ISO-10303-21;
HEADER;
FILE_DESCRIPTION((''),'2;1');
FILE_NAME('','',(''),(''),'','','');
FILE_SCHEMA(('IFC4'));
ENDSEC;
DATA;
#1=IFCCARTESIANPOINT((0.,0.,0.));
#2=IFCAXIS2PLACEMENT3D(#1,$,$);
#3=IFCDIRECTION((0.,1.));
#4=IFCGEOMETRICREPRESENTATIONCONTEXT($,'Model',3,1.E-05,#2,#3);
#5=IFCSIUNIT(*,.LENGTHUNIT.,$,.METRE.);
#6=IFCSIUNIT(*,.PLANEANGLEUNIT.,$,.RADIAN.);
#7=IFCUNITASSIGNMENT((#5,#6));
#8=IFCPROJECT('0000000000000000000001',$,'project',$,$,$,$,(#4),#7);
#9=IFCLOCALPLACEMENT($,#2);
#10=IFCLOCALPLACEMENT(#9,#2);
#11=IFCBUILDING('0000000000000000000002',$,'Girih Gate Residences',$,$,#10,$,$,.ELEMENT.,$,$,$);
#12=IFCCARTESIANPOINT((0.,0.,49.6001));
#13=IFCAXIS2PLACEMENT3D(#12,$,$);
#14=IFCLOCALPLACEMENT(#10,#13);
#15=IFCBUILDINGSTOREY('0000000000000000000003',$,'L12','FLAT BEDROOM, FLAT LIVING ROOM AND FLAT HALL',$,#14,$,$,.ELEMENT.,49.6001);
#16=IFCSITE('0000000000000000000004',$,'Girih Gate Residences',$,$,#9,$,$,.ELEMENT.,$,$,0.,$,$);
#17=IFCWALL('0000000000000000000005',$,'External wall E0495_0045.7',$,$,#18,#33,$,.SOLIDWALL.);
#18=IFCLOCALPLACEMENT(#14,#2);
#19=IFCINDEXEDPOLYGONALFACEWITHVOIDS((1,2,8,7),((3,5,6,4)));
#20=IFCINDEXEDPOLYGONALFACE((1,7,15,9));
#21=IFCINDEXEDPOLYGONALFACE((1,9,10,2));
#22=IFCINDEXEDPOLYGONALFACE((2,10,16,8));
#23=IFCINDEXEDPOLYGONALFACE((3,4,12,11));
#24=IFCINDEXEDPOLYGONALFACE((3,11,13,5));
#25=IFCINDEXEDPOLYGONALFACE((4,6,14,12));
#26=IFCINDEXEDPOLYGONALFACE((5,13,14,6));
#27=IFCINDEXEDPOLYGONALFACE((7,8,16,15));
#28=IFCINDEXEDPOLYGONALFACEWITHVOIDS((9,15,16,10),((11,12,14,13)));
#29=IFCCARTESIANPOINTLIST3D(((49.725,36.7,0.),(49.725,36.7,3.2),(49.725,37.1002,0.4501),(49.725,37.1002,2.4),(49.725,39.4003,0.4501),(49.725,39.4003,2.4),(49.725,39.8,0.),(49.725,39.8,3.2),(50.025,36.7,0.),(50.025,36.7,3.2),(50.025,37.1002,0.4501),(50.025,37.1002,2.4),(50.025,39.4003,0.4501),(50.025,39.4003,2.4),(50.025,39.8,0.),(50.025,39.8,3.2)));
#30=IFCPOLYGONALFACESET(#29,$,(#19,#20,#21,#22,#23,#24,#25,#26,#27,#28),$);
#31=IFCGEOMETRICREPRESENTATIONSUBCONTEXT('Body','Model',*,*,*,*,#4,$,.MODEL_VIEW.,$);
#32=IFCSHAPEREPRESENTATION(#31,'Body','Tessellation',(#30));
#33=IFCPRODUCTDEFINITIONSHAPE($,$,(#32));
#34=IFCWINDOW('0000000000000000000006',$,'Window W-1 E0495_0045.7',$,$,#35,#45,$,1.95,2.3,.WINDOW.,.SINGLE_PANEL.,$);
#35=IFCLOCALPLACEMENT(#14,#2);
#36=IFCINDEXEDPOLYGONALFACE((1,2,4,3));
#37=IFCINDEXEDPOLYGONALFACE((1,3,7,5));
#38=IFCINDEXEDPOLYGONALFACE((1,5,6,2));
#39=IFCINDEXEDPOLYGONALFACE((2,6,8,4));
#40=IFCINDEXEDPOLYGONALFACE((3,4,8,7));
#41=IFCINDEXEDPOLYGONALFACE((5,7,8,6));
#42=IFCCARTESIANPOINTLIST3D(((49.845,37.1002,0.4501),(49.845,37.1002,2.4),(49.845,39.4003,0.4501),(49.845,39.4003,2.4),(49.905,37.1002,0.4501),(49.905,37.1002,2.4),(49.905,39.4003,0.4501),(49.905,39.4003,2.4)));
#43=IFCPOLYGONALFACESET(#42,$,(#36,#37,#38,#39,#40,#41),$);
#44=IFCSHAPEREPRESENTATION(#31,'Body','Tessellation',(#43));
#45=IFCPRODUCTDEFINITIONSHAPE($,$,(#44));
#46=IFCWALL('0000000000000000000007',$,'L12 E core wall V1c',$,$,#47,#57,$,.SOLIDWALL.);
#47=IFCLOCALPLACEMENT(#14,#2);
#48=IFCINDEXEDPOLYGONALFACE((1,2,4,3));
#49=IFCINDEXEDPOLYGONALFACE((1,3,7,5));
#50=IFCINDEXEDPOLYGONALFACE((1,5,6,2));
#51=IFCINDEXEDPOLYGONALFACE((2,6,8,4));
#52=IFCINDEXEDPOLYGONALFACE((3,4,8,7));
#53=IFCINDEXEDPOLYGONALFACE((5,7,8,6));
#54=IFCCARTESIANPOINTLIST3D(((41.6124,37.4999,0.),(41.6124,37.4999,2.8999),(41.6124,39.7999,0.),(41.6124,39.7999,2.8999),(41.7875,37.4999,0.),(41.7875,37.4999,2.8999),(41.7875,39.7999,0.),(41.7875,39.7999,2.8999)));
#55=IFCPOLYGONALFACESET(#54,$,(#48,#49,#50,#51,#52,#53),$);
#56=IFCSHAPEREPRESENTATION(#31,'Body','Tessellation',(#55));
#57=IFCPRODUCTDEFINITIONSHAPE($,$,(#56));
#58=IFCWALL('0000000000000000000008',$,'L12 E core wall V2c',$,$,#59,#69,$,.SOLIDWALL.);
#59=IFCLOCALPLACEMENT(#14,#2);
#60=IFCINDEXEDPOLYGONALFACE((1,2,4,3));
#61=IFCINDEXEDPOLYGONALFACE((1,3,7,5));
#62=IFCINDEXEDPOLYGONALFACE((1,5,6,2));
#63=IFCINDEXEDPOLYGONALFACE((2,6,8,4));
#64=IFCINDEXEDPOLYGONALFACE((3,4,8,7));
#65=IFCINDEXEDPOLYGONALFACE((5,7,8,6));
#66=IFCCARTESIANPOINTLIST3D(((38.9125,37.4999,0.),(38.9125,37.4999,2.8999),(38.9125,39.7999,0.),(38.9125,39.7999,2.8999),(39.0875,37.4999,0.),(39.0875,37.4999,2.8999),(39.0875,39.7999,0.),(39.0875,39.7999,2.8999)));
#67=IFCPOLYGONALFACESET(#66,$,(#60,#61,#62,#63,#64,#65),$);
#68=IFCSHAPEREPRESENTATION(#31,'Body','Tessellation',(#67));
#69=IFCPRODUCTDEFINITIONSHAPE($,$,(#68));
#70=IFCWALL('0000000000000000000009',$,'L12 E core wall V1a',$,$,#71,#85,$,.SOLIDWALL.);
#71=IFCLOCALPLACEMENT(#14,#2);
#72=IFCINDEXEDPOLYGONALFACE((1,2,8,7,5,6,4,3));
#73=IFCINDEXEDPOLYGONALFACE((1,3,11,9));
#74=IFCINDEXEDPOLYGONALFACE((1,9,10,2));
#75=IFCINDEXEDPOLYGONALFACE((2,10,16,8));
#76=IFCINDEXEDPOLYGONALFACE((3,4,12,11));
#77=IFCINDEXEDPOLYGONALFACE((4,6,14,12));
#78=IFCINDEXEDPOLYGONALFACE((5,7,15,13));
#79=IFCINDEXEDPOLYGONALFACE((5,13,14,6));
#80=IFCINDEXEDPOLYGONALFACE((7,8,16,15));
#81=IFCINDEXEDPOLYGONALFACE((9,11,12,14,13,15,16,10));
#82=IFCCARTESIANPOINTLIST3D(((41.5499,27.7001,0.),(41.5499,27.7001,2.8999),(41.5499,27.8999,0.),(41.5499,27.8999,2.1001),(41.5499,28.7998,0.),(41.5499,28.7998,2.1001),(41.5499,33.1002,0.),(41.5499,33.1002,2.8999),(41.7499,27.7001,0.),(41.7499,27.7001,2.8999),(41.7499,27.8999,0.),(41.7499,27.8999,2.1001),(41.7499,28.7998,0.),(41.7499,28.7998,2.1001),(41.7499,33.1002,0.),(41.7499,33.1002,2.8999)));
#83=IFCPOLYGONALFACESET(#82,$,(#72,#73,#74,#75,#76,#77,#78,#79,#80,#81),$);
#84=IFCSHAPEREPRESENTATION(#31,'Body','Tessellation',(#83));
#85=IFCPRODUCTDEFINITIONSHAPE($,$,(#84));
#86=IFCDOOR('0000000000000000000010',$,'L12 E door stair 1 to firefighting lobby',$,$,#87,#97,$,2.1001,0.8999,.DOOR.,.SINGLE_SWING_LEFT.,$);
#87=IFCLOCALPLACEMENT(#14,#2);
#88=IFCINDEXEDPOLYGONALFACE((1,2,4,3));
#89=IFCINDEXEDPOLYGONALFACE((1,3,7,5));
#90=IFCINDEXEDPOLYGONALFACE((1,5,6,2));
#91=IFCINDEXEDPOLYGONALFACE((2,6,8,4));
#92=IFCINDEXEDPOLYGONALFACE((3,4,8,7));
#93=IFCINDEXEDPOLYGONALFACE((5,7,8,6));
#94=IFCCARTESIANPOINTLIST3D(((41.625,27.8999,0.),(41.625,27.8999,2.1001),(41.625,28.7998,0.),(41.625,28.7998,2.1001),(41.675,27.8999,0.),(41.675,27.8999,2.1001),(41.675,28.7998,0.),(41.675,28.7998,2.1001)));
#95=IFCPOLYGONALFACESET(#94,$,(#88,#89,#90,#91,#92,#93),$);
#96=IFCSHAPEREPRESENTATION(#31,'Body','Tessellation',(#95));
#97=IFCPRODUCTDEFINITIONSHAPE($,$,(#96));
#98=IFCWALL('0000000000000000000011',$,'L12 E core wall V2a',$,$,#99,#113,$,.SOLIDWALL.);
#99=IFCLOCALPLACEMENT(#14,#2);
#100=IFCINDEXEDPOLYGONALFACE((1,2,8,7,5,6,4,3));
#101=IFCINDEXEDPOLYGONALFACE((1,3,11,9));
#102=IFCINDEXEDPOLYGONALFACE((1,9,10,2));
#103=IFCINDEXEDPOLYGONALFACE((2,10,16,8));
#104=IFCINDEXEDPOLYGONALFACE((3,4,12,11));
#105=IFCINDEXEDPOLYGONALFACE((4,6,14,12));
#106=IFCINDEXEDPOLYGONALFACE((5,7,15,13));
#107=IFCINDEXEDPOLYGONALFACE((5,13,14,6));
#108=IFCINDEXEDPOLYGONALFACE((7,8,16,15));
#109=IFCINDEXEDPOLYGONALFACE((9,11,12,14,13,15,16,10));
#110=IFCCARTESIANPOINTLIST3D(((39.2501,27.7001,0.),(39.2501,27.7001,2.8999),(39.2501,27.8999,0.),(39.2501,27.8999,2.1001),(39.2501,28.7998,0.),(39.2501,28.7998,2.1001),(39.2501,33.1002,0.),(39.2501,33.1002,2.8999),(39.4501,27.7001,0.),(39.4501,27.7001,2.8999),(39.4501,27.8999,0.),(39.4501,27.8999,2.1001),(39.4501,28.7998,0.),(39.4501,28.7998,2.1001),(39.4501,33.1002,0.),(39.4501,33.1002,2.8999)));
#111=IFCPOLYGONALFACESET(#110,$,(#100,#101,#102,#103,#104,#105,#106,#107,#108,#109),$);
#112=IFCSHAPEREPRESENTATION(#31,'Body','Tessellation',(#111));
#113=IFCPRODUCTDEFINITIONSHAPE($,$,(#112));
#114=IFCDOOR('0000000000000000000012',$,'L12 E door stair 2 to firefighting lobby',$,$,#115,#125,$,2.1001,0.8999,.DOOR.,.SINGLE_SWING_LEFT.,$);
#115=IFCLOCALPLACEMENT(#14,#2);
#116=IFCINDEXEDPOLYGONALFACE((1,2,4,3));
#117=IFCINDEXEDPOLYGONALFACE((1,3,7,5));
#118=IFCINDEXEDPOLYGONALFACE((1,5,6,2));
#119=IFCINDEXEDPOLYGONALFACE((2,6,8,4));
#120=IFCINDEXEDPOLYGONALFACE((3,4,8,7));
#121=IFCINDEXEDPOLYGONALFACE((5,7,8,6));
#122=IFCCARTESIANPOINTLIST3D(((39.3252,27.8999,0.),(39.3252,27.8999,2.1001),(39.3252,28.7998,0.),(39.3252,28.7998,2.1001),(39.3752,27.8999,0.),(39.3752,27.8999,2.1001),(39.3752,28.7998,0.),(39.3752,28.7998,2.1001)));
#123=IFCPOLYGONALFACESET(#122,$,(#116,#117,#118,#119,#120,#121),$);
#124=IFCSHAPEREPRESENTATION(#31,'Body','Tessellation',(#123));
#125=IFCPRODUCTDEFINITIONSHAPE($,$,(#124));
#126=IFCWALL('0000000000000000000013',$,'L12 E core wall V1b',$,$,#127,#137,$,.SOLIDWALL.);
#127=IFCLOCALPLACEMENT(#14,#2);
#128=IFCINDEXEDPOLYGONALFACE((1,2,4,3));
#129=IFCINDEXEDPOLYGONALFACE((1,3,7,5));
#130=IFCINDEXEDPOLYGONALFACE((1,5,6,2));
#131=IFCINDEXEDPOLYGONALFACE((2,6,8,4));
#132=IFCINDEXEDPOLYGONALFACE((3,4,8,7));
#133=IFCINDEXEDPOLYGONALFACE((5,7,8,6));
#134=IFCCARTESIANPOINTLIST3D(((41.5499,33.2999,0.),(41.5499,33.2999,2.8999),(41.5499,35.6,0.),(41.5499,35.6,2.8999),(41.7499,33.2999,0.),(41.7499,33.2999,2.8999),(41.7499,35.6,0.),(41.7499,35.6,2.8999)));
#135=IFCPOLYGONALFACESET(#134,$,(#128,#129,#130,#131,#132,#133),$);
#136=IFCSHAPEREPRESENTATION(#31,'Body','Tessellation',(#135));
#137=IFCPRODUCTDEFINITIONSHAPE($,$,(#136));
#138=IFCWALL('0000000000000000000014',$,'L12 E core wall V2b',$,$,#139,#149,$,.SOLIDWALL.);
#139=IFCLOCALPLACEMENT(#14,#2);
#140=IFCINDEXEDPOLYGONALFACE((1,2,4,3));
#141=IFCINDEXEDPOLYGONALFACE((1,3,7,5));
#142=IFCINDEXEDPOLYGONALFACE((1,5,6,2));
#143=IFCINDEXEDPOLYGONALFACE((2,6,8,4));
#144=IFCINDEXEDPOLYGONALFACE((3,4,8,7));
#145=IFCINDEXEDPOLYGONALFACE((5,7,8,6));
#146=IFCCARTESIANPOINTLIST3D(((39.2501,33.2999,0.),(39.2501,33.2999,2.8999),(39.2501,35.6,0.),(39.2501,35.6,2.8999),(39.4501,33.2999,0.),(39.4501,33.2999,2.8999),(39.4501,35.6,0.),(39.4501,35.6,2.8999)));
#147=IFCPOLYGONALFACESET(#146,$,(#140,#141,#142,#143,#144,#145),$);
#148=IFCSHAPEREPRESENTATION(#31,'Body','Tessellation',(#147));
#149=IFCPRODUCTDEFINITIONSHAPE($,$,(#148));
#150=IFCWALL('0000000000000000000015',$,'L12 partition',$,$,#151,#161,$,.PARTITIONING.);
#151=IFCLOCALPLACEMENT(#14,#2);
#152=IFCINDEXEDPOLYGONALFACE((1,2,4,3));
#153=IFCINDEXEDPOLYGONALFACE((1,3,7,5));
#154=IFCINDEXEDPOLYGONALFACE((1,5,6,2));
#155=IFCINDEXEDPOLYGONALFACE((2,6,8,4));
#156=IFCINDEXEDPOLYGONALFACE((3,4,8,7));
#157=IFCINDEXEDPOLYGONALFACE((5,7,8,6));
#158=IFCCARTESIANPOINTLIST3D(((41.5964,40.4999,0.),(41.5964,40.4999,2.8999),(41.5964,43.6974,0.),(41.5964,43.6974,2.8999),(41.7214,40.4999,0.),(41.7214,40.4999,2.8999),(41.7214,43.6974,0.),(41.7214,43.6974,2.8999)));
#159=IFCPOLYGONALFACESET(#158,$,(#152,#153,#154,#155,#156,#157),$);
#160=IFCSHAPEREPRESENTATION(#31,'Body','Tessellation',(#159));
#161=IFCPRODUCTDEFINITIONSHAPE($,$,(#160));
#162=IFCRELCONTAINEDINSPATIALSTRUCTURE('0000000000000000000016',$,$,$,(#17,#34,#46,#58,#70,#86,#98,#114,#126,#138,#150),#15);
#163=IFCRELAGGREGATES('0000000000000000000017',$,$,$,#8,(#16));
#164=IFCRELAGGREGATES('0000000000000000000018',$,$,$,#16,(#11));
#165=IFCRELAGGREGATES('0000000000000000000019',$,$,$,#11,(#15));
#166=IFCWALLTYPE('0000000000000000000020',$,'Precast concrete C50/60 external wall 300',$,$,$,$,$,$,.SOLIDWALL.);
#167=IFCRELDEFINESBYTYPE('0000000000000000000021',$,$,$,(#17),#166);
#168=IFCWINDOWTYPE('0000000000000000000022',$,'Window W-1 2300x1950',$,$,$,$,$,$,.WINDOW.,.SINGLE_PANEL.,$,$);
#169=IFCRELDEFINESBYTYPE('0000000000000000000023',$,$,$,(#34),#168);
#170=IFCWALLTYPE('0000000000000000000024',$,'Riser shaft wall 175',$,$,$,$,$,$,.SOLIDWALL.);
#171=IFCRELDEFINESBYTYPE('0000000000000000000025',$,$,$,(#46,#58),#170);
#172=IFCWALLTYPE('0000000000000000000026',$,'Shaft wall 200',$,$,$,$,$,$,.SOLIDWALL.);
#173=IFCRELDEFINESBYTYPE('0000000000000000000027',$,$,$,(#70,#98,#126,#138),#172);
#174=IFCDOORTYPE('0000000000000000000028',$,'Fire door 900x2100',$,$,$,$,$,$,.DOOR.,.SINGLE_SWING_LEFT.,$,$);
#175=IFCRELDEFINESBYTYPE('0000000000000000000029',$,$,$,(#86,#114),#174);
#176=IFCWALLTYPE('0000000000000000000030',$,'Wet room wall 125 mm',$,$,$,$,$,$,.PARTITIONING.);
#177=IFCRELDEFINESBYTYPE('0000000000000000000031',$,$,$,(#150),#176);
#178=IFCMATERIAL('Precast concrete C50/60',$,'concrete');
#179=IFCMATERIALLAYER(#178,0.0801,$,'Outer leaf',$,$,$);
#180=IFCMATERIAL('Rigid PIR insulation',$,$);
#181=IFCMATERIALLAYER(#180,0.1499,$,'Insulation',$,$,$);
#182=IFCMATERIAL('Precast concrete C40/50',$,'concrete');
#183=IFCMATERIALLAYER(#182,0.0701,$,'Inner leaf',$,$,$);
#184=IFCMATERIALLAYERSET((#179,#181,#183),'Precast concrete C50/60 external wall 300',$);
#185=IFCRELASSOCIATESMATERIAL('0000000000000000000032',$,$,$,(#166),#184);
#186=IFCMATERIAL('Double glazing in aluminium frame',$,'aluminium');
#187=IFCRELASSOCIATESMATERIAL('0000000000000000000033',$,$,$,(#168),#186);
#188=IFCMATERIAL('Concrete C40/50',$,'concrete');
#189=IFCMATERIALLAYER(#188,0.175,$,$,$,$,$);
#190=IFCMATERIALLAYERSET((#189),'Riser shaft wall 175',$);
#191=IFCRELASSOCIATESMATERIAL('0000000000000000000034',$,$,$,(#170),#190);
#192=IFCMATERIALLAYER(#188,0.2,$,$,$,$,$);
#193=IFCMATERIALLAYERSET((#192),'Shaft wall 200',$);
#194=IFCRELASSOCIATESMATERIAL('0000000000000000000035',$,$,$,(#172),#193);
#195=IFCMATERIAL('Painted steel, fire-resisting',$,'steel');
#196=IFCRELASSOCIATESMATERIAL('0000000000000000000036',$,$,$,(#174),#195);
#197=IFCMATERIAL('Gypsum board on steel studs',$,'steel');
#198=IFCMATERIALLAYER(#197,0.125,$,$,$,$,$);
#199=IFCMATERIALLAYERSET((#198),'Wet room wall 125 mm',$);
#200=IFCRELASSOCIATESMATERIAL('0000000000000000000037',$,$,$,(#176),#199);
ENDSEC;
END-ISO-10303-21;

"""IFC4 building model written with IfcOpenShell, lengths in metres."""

from ifc_helpers import new_model, si_unit, direction, frame, frame_2d, origin, place, context, subcontext, project, spatial, rectangle, extrude, material, layer, layer_set, type_object, element, fill, save


model = new_model("IFC4")

# Units and contexts
model_context = context("Model", 3, precision=1e-05, world=origin(), true_north=direction((0.0, 1.0)))
body_context = subcontext(model_context, "Body", "Model", "MODEL_VIEW")
ifc_project = project(units=[si_unit("LENGTHUNIT", "METRE"), si_unit("PLANEANGLEUNIT", "RADIAN")], contexts=[model_context])

# Site, building, storey
site_placement = place(None, origin())
site = spatial("IfcSite", under=ifc_project, at=site_placement, Name="Girih Gate Residences", CompositionType="ELEMENT", RefElevation=0.0)
building_placement = place(site_placement, origin())
building = spatial("IfcBuilding", under=site, at=building_placement, Name="Girih Gate Residences", CompositionType="ELEMENT")
storey_placement = place(building_placement, frame((0.0, 0.0, 49.6001)))
storey = spatial("IfcBuildingStorey", under=building, at=storey_placement, Name="L12", Description="FLAT BEDROOM, FLAT LIVING ROOM AND FLAT HALL", CompositionType="ELEMENT", Elevation=49.6001)

# Shared definitions
ifc_material_1 = material(Name="Gypsum board on steel studs", Category="steel")

# Wall, opening, window
ifc_material_2 = material(Name="Precast concrete C50/60", Category="concrete")
ifc_layer_1 = layer(ifc_material_2, 0.0801, Name="Outer leaf")
ifc_material_3 = material(Name="Rigid PIR insulation")
ifc_layer_2 = layer(ifc_material_3, 0.1499, Name="Insulation")
ifc_material_4 = material(Name="Precast concrete C40/50", Category="concrete")
ifc_layer_3 = layer(ifc_material_4, 0.0701, Name="Inner leaf")
ifc_layer_set_1 = layer_set([ifc_layer_1, ifc_layer_2, ifc_layer_3], Name="Precast concrete C50/60 external wall 300")
wall_type_1 = type_object("IfcWallType", Name="Precast concrete C50/60 external wall 300", PredefinedType="SOLIDWALL", material=ifc_layer_set_1)
ifc_material_5 = material(Name="Double glazing in aluminium frame", Category="aluminium")
window_type = type_object("IfcWindowType", Name="Window W-1 2300x1950", PartitioningType="SINGLE_PANEL", PredefinedType="WINDOW", material=ifc_material_5)
wall_1_placement = place(storey_placement, frame((49.875, 39.8, 0.0), z_axis=(0.0, 0.0, 1.0), x_axis=(0.0, -1.0, 0.0)))
wall_1 = element("IfcWall", 1, at=wall_1_placement, inside=storey, type_object=wall_type_1, Name="External wall E0495_0045.7", PredefinedType="SOLIDWALL", context=body_context, shape_type="SweptSolid", body=[
    extrude(rectangle(XDim=3.1001, YDim=0.3, at=frame_2d((1.55, 0.0))), origin(), (0.0, 0.0, 1.0), 3.2),
])
opening_1_placement = place(wall_1_placement, frame((0.3999, 0.0, 0.45)))
opening_1 = element("IfcOpeningElement", 2, at=opening_1_placement, cuts=wall_1, PredefinedType="OPENING", context=body_context, shape_type="SweptSolid", body=[
    extrude(rectangle(XDim=2.3, YDim=1.95, at=frame_2d((1.1499, 0.9751))), frame((0.0, 0.1599, 0.0), z_axis=(0.0, -1.0, 0.0), x_axis=(1.0, 0.0, 0.0)), (0.0, 0.0, 1.0), 0.3201),
])
window_1_placement = place(opening_1_placement, origin())
window_1 = element("IfcWindow", 3, at=window_1_placement, inside=storey, type_object=window_type, Name="Window W-1 E0495_0045.7", OverallHeight=1.95, OverallWidth=2.3, PartitioningType="SINGLE_PANEL", PredefinedType="WINDOW", context=body_context, shape_type="SweptSolid", body=[
    extrude(rectangle(XDim=2.3, YDim=1.95, at=frame_2d((1.1499, 0.9751))), frame((0.0, 0.03, 0.0), z_axis=(0.0, -1.0, 0.0), x_axis=(1.0, 0.0, 0.0)), (0.0, 0.0, 1.0), 0.0601),
])
fill(opening_1, window_1)

# Walls
ifc_material_6 = material(Name="Concrete C40/50", Category="concrete")
ifc_layer_4 = layer(ifc_material_6, 0.175)
ifc_layer_set_2 = layer_set([ifc_layer_4], Name="Riser shaft wall 175")
wall_type_2 = type_object("IfcWallType", Name="Riser shaft wall 175", PredefinedType="SOLIDWALL", material=ifc_layer_set_2)
for number, where, z_axis, x_axis, name in (
    (4, (41.7, 37.5, 0.0), (0.0, 0.0, 1.0), (0.0, 1.0, 0.0), "L12 E core wall V1c"),
    (5, (39.0, 37.5, 0.0), (0.0, 0.0, 1.0), (0.0, 1.0, 0.0), "L12 E core wall V2c"),
):
    element("IfcWall", number, at=place(storey_placement, frame(where, z_axis=z_axis, x_axis=x_axis)), inside=storey, type_object=wall_type_2, Name=name, PredefinedType="SOLIDWALL", context=body_context, shape_type="SweptSolid", body=[
        extrude(rectangle(XDim=2.3, YDim=0.175, at=frame_2d((1.1499, 0.0))), origin(), (0.0, 0.0, 1.0), 2.8999),
    ])

# Walls, openings, doors
ifc_layer_5 = layer(ifc_material_6, 0.2)
ifc_layer_set_3 = layer_set([ifc_layer_5], Name="Shaft wall 200")
wall_type_3 = type_object("IfcWallType", Name="Shaft wall 200", PredefinedType="SOLIDWALL", material=ifc_layer_set_3)
wall_2_placement = place(storey_placement, frame((41.6499, 27.7, 0.0), z_axis=(0.0, 0.0, 1.0), x_axis=(0.0, 1.0, 0.0)))
wall_2 = element("IfcWall", 6, at=wall_2_placement, inside=storey, type_object=wall_type_3, Name="L12 E core wall V1a", PredefinedType="SOLIDWALL", context=body_context, shape_type="SweptSolid", body=[
    extrude(rectangle(XDim=5.4001, YDim=0.2, at=frame_2d((2.7002, 0.0))), origin(), (0.0, 0.0, 1.0), 2.8999),
])
opening_2_placement = place(wall_2_placement, frame((0.2, 0.0, 0.0)))
opening_2 = element("IfcOpeningElement", 7, at=opening_2_placement, cuts=wall_2, PredefinedType="OPENING", context=body_context, shape_type="SweptSolid", body=[
    extrude(rectangle(XDim=0.8999, YDim=2.1001, at=frame_2d((0.45, 1.05))), frame((0.0, 0.1099, 0.0), z_axis=(0.0, -1.0, 0.0), x_axis=(1.0, 0.0, 0.0)), (0.0, 0.0, 1.0), 0.22),
])
ifc_material_7 = material(Name="Painted steel, fire-resisting", Category="steel")
door_type = type_object("IfcDoorType", Name="Fire door 900x2100", OperationType="SINGLE_SWING_LEFT", PredefinedType="DOOR", material=ifc_material_7)
door_1_placement = place(opening_2_placement, origin())
door_1 = element("IfcDoor", 8, at=door_1_placement, inside=storey, type_object=door_type, Name="L12 E door stair 1 to firefighting lobby", OperationType="SINGLE_SWING_LEFT", OverallHeight=2.1001, OverallWidth=0.8999, PredefinedType="DOOR", context=body_context, shape_type="SweptSolid", body=[
    extrude(rectangle(XDim=0.8999, YDim=2.1001, at=frame_2d((0.45, 1.05))), frame((0.0, 0.0249, 0.0), z_axis=(0.0, -1.0, 0.0), x_axis=(1.0, 0.0, 0.0)), (0.0, 0.0, 1.0), 0.05),
])
fill(opening_2, door_1)
wall_3_placement = place(storey_placement, frame((39.3501, 27.7, 0.0), z_axis=(0.0, 0.0, 1.0), x_axis=(0.0, 1.0, 0.0)))
wall_3 = element("IfcWall", 9, at=wall_3_placement, inside=storey, type_object=wall_type_3, Name="L12 E core wall V2a", PredefinedType="SOLIDWALL", context=body_context, shape_type="SweptSolid", body=[
    extrude(rectangle(XDim=5.4001, YDim=0.2, at=frame_2d((2.7002, 0.0))), origin(), (0.0, 0.0, 1.0), 2.8999),
])
opening_3_placement = place(wall_3_placement, frame((0.2, 0.0, 0.0)))
opening_3 = element("IfcOpeningElement", 10, at=opening_3_placement, cuts=wall_3, PredefinedType="OPENING", context=body_context, shape_type="SweptSolid", body=[
    extrude(rectangle(XDim=0.8999, YDim=2.1001, at=frame_2d((0.45, 1.05))), frame((0.0, 0.1099, 0.0), z_axis=(0.0, -1.0, 0.0), x_axis=(1.0, 0.0, 0.0)), (0.0, 0.0, 1.0), 0.22),
])
door_2_placement = place(opening_3_placement, origin())
door_2 = element("IfcDoor", 11, at=door_2_placement, inside=storey, type_object=door_type, Name="L12 E door stair 2 to firefighting lobby", OperationType="SINGLE_SWING_LEFT", OverallHeight=2.1001, OverallWidth=0.8999, PredefinedType="DOOR", context=body_context, shape_type="SweptSolid", body=[
    extrude(rectangle(XDim=0.8999, YDim=2.1001, at=frame_2d((0.45, 1.05))), frame((0.0, 0.0249, 0.0), z_axis=(0.0, -1.0, 0.0), x_axis=(1.0, 0.0, 0.0)), (0.0, 0.0, 1.0), 0.05),
])
fill(opening_3, door_2)

# Walls
for number, where, z_axis, x_axis, name in (
    (12, (41.6499, 33.3, 0.0), (0.0, 0.0, 1.0), (0.0, 1.0, 0.0), "L12 E core wall V1b"),
    (13, (39.3501, 33.3, 0.0), (0.0, 0.0, 1.0), (0.0, 1.0, 0.0), "L12 E core wall V2b"),
):
    element("IfcWall", number, at=place(storey_placement, frame(where, z_axis=z_axis, x_axis=x_axis)), inside=storey, type_object=wall_type_3, Name=name, PredefinedType="SOLIDWALL", context=body_context, shape_type="SweptSolid", body=[
        extrude(rectangle(XDim=2.3, YDim=0.2, at=frame_2d((1.1499, 0.0))), origin(), (0.0, 0.0, 1.0), 2.8999),
    ])
ifc_layer_6 = layer(ifc_material_1, 0.125)
ifc_layer_set_4 = layer_set([ifc_layer_6], Name="Wet room wall 125 mm")
wall_type_4 = type_object("IfcWallType", Name="Wet room wall 125 mm", PredefinedType="PARTITIONING", material=ifc_layer_set_4)
wall_4_placement = place(storey_placement, frame((41.6589, 40.5, 0.0), z_axis=(0.0, 0.0, 1.0), x_axis=(0.0, 1.0, 0.0)))
element("IfcWall", 14, at=wall_4_placement, inside=storey, type_object=wall_type_4, Name="L12 partition", PredefinedType="PARTITIONING", context=body_context, shape_type="SweptSolid", body=[
    extrude(rectangle(XDim=3.1975, YDim=0.125, at=frame_2d((1.5986, 0.0))), origin(), (0.0, 0.0, 1.0), 2.8999),
])

save(model, "model.ifc")
